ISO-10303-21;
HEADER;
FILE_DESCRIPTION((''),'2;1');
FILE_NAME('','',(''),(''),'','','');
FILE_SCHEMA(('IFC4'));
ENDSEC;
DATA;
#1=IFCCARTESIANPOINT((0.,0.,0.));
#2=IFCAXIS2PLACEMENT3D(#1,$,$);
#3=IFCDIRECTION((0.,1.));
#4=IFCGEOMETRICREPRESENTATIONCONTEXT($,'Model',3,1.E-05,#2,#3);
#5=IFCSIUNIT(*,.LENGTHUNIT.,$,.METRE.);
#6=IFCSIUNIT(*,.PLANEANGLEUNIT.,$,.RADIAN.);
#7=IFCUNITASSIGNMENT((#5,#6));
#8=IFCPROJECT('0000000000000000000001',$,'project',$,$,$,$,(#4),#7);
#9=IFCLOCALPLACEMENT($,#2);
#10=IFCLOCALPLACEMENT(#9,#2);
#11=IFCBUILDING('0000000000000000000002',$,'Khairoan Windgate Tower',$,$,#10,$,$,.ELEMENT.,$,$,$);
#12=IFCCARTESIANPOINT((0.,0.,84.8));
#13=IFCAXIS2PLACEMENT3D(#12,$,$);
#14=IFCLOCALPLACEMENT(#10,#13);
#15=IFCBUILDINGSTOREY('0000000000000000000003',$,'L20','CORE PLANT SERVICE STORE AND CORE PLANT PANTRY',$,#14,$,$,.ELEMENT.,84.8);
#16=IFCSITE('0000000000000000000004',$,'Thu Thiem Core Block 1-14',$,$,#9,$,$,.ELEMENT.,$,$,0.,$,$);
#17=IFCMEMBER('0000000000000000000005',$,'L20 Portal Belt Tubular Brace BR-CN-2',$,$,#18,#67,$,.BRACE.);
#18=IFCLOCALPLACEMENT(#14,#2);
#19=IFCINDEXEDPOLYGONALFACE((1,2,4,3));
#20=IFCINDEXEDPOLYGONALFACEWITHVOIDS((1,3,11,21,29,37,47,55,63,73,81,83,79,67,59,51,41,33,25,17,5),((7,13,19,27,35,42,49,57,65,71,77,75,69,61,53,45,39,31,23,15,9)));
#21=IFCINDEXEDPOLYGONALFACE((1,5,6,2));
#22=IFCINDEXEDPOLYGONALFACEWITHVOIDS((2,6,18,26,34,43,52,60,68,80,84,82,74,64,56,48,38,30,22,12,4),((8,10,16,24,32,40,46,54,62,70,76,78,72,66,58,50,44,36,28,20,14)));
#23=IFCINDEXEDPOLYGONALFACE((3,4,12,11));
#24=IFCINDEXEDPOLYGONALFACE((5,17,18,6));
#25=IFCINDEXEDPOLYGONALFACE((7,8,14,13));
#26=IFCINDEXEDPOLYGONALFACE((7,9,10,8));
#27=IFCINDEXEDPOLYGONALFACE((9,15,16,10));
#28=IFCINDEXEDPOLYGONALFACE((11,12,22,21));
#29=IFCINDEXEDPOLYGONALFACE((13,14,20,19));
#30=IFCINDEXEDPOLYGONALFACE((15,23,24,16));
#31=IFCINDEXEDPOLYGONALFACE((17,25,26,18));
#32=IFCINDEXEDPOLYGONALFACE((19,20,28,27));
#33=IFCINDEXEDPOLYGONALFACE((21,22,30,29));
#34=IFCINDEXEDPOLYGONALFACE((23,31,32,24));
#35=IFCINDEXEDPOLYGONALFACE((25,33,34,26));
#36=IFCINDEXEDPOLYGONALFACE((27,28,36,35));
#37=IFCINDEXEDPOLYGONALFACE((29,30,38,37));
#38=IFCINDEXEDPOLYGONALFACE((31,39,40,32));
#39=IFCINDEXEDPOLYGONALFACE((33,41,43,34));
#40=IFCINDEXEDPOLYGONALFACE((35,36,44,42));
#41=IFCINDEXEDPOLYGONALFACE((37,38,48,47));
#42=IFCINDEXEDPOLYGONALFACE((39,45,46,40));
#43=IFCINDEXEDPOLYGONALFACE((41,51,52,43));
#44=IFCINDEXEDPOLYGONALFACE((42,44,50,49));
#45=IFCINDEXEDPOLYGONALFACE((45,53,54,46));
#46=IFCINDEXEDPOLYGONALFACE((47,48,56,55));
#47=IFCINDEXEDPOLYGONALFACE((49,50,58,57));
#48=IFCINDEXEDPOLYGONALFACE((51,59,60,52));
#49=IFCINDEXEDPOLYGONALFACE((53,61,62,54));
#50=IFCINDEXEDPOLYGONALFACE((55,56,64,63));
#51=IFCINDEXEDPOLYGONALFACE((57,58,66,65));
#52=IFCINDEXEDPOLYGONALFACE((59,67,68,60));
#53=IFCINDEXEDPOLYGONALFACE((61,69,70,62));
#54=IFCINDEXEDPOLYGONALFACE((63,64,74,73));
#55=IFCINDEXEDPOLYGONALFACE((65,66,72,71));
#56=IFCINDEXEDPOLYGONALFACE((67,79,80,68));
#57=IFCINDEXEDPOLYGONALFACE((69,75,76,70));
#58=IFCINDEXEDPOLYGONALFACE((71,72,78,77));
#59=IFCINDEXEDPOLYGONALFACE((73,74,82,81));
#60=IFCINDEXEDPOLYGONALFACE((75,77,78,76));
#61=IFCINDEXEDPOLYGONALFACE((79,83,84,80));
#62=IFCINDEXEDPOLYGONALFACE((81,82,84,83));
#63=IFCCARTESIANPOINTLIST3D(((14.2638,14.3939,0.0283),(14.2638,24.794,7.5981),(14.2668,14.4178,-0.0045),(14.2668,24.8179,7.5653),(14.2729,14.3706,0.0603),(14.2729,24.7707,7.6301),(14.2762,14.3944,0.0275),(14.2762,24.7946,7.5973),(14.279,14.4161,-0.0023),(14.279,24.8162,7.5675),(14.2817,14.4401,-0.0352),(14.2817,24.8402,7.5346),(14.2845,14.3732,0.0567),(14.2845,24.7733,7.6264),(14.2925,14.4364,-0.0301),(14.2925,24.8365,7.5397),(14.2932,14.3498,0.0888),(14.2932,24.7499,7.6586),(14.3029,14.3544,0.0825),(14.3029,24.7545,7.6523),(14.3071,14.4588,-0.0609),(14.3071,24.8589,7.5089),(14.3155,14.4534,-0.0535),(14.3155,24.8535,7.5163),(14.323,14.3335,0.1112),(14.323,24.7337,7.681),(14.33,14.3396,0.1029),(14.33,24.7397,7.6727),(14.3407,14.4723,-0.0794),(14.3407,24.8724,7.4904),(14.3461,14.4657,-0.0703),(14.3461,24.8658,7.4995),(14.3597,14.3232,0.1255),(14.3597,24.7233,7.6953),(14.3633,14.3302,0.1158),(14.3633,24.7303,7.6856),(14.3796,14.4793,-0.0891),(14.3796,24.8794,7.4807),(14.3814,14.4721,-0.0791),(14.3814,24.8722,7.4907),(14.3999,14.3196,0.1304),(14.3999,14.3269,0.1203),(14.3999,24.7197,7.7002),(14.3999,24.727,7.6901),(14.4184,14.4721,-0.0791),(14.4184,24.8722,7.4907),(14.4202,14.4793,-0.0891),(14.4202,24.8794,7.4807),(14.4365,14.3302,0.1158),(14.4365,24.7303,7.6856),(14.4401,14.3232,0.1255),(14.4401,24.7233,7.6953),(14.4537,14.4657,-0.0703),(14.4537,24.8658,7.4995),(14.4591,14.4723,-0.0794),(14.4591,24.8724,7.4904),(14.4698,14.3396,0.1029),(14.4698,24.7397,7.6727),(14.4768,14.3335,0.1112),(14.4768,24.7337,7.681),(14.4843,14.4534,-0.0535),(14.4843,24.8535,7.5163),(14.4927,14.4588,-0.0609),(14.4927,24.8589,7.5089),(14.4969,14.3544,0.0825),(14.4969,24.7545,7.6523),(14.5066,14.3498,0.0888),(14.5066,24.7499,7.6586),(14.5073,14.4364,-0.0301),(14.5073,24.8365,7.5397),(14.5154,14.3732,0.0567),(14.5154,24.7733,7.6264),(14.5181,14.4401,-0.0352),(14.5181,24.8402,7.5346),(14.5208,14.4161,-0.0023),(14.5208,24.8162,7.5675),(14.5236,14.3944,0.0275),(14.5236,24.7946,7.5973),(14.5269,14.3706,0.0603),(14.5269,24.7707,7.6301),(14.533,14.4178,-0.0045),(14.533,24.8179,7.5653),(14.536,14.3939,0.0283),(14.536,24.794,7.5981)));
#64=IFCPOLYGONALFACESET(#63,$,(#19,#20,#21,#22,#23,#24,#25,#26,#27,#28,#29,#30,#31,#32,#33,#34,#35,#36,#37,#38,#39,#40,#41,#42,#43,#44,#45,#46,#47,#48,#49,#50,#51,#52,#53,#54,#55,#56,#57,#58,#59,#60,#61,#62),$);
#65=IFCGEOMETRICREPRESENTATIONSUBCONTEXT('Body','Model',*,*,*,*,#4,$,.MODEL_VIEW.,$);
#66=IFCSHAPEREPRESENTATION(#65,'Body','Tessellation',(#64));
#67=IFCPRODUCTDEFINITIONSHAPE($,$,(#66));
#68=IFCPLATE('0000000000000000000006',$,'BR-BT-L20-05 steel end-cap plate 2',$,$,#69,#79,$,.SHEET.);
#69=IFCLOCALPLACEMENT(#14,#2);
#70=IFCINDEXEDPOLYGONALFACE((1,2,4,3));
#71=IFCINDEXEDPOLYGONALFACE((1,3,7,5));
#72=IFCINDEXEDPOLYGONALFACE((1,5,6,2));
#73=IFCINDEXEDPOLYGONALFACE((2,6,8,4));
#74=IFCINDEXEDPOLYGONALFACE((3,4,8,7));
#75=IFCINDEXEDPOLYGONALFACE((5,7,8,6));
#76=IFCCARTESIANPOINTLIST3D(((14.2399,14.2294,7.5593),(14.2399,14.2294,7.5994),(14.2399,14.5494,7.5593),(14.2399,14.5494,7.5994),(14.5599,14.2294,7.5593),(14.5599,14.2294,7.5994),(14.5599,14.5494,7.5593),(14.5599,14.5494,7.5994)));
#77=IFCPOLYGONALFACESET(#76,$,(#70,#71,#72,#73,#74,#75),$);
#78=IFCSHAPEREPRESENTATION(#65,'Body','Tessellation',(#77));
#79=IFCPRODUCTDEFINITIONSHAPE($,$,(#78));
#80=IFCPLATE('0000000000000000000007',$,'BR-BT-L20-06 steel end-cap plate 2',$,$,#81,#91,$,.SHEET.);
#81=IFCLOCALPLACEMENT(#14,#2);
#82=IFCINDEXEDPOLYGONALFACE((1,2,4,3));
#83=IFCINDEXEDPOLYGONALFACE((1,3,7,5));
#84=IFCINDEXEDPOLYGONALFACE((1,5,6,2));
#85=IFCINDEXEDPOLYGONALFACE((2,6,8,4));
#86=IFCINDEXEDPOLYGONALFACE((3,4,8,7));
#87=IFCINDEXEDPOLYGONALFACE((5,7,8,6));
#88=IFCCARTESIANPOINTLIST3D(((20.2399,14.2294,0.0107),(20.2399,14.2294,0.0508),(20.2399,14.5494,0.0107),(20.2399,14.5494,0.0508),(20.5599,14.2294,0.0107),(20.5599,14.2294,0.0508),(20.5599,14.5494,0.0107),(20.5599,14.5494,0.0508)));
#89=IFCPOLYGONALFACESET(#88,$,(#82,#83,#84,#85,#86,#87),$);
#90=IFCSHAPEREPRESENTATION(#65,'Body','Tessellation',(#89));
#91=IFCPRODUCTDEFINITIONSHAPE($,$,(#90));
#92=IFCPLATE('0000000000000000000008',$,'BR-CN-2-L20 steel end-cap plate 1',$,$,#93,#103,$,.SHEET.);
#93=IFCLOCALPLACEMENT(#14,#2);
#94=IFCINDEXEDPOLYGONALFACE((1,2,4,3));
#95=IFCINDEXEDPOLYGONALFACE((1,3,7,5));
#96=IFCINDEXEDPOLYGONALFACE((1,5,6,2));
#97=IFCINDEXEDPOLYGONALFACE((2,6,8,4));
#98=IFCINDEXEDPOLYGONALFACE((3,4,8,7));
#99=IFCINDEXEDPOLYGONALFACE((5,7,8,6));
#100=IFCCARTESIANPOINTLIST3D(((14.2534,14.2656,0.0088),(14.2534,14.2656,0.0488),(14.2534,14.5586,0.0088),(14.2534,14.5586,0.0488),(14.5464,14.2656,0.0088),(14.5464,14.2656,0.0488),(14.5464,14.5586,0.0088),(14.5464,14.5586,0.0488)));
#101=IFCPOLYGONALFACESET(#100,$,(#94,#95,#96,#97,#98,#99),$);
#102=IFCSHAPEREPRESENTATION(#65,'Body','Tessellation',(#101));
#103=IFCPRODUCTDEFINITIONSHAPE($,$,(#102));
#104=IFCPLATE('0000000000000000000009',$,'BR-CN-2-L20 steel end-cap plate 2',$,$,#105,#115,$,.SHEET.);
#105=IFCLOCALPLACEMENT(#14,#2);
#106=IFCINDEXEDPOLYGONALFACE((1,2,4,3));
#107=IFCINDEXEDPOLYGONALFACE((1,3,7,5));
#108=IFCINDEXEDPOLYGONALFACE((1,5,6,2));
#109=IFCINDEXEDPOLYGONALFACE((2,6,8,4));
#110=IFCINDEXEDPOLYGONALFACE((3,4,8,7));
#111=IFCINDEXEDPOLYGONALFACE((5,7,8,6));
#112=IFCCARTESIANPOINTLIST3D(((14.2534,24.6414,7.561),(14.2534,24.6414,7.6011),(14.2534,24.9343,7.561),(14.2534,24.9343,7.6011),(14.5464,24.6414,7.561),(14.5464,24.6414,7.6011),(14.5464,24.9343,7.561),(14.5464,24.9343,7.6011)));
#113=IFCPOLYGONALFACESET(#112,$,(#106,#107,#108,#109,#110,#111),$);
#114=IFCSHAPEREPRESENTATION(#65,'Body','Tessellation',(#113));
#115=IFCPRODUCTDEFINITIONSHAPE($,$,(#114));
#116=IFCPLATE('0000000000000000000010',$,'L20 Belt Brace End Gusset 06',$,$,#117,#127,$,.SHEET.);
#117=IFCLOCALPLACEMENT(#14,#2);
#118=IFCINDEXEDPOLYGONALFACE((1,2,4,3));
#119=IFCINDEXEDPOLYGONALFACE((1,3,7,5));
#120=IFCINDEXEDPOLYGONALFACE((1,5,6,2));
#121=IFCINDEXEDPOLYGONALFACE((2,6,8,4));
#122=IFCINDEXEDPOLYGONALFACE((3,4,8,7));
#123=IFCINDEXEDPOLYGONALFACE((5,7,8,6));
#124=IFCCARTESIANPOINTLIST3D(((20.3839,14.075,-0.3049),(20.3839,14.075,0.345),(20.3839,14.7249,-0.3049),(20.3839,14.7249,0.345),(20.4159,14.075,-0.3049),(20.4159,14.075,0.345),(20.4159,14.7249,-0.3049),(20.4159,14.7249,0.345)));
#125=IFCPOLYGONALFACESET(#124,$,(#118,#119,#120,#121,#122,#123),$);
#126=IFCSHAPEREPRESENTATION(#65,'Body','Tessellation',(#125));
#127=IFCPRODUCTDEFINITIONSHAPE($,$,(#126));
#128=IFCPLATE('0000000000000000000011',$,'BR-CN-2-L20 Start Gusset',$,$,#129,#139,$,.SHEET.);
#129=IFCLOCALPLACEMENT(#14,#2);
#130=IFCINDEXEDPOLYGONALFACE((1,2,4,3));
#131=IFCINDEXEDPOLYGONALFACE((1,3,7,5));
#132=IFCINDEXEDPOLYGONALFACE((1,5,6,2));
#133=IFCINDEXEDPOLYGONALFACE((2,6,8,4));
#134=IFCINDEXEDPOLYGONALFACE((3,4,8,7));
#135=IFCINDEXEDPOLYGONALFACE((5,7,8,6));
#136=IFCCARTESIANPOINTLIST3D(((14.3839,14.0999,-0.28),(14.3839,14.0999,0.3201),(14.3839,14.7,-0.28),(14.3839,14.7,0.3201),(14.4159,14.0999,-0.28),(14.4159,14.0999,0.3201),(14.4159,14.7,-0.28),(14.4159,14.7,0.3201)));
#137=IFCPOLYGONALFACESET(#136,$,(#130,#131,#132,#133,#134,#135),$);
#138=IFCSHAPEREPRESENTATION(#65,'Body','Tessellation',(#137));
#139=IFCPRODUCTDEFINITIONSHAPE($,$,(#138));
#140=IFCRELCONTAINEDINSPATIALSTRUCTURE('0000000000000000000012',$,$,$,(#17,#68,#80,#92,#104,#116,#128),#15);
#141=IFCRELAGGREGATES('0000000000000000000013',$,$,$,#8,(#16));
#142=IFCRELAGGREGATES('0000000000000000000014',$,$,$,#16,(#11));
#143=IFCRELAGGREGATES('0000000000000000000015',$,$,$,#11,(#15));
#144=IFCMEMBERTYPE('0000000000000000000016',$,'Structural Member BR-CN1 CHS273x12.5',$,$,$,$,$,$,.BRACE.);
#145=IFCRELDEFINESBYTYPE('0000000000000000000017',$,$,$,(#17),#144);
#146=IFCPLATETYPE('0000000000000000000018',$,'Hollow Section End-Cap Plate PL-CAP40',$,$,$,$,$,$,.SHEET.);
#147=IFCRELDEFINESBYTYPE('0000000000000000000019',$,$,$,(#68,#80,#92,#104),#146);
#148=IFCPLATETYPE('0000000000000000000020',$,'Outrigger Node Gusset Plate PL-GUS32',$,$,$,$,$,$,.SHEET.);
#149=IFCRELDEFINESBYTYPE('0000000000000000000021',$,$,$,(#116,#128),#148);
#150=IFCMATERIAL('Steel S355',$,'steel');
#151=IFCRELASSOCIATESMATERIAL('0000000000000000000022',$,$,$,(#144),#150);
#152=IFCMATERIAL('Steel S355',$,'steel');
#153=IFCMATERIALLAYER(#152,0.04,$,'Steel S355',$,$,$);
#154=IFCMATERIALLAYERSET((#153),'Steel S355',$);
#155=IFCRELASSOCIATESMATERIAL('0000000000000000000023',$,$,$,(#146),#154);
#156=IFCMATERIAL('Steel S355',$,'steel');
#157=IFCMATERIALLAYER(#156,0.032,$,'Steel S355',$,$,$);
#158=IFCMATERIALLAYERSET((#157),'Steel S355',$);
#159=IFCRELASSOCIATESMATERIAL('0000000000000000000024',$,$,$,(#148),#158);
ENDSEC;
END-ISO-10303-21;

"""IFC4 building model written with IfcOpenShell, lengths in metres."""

from ifc_helpers import new_model, si_unit, direction, frame, origin, origin_2d, place, context, subcontext, project, spatial, rectangle, hollow_circle, extrude, material, layer, layer_set, material_profile, profile_set, type_object, element, save


model = new_model("IFC4")

# Units and contexts
model_context = context("Model", 3, precision=1e-05, world=origin(), true_north=direction((0.0, 1.0)))
body_context = subcontext(model_context, "Body", "Model", "MODEL_VIEW")
ifc_project = project(units=[si_unit("LENGTHUNIT", "METRE"), si_unit("PLANEANGLEUNIT", "RADIAN")], contexts=[model_context])

# Site, building, storey
site_placement = place(None, origin())
site = spatial("IfcSite", under=ifc_project, at=site_placement, Name="Thu Thiem Core Block 1-14", CompositionType="ELEMENT", RefElevation=0.0)
building_placement = place(site_placement, origin())
building = spatial("IfcBuilding", under=site, at=building_placement, Name="Khairoan Windgate Tower", CompositionType="ELEMENT")
storey_placement = place(building_placement, frame((0.0, 0.0, 84.8)))
storey = spatial("IfcBuildingStorey", under=building, at=storey_placement, Name="L20", Description="CORE PLANT SERVICE STORE AND CORE PLANT PANTRY", CompositionType="ELEMENT", Elevation=84.8)

# Member
ifc_material_1 = material(Name="Steel S355", Category="steel")
ifc_material_profile_1 = material_profile(ifc_material_1, hollow_circle(Radius=0.1365, WallThickness=0.0125, at=origin_2d()))
ifc_profile_set_1 = profile_set([ifc_material_profile_1], Name="Steel S355")
member_type = type_object("IfcMemberType", Name="Structural Member BR-CN1 CHS273x12.5", PredefinedType="BRACE", material=ifc_profile_set_1)
member_placement = place(storey_placement, frame((14.3999, 14.3999, 0.02), z_axis=(0.0, 0.808511, 0.588481), x_axis=(0.0, -0.588481, 0.808511)))
element("IfcMember", 1, at=member_placement, inside=storey, type_object=member_type, Name="L20 Portal Belt Tubular Brace BR-CN-2", PredefinedType="BRACE", context=body_context, shape_type="SweptSolid", body=[
    extrude(hollow_circle(Radius=0.1365, WallThickness=0.0125, at=origin_2d()), origin(), (0.0, 0.0, 1.0), 12.8633),
])

# Plates
ifc_material_2 = material(Name="Steel S355", Category="steel")
ifc_layer_1 = layer(ifc_material_2, 0.04, Name="Steel S355")
ifc_layer_set_1 = layer_set([ifc_layer_1], Name="Steel S355")
plate_type_1 = type_object("IfcPlateType", Name="Hollow Section End-Cap Plate PL-CAP40", PredefinedType="SHEET", material=ifc_layer_set_1)
for number, where, z_axis, x_axis, name in (
    (2, (14.3999, 14.3894, 7.5593), (0.0, 0.0, 1.0), (0.0, 1.0, 0.0), "BR-BT-L20-05 steel end-cap plate 2"),
    (3, (20.3999, 14.3894, 0.0107), (0.0, 0.0, 1.0), (0.0, 1.0, 0.0), "BR-BT-L20-06 steel end-cap plate 2"),
):
    element("IfcPlate", number, at=place(storey_placement, frame(where, z_axis=z_axis, x_axis=x_axis)), inside=storey, type_object=plate_type_1, Name=name, PredefinedType="SHEET", context=body_context, shape_type="SweptSolid", body=[
        extrude(rectangle(XDim=0.3201, YDim=0.3201, at=origin_2d()), origin(), (0.0, 0.0, 1.0), 0.04),
    ])
for number, where, z_axis, x_axis, name in (
    (4, (14.3999, 14.4121, 0.0088), (0.0, 0.0, 1.0), (0.0, 1.0, 0.0), "BR-CN-2-L20 steel end-cap plate 1"),
    (5, (14.3999, 24.7878, 7.561), (0.0, 0.0, 1.0), (0.0, 1.0, 0.0), "BR-CN-2-L20 steel end-cap plate 2"),
):
    element("IfcPlate", number, at=place(storey_placement, frame(where, z_axis=z_axis, x_axis=x_axis)), inside=storey, type_object=plate_type_1, Name=name, PredefinedType="SHEET", context=body_context, shape_type="SweptSolid", body=[
        extrude(rectangle(XDim=0.293, YDim=0.293, at=origin_2d()), origin(), (0.0, 0.0, 1.0), 0.04),
    ])
ifc_material_3 = material(Name="Steel S355", Category="steel")
ifc_layer_2 = layer(ifc_material_3, 0.032, Name="Steel S355")
ifc_layer_set_2 = layer_set([ifc_layer_2], Name="Steel S355")
plate_type_2 = type_object("IfcPlateType", Name="Outrigger Node Gusset Plate PL-GUS32", PredefinedType="SHEET", material=ifc_layer_set_2)
plate_1_placement = place(storey_placement, frame((20.3999, 14.3999, -0.3049), z_axis=(0.0, 0.0, 1.0), x_axis=(1.0, 0.0, 0.0)))
element("IfcPlate", 6, at=plate_1_placement, inside=storey, type_object=plate_type_2, Name="L20 Belt Brace End Gusset 06", PredefinedType="SHEET", context=body_context, shape_type="SweptSolid", body=[
    extrude(rectangle(XDim=0.032, YDim=0.6499, at=origin_2d()), origin(), (0.0, 0.0, 1.0), 0.6499),
])
plate_2_placement = place(storey_placement, frame((14.3999, 14.3999, -0.28), z_axis=(0.0, 0.0, 1.0), x_axis=(1.0, 0.0, 0.0)))
element("IfcPlate", 7, at=plate_2_placement, inside=storey, type_object=plate_type_2, Name="BR-CN-2-L20 Start Gusset", PredefinedType="SHEET", context=body_context, shape_type="SweptSolid", body=[
    extrude(rectangle(XDim=0.032, YDim=0.6001, at=origin_2d()), origin(), (0.0, 0.0, 1.0), 0.6001),
])

save(model, "model.ifc")
